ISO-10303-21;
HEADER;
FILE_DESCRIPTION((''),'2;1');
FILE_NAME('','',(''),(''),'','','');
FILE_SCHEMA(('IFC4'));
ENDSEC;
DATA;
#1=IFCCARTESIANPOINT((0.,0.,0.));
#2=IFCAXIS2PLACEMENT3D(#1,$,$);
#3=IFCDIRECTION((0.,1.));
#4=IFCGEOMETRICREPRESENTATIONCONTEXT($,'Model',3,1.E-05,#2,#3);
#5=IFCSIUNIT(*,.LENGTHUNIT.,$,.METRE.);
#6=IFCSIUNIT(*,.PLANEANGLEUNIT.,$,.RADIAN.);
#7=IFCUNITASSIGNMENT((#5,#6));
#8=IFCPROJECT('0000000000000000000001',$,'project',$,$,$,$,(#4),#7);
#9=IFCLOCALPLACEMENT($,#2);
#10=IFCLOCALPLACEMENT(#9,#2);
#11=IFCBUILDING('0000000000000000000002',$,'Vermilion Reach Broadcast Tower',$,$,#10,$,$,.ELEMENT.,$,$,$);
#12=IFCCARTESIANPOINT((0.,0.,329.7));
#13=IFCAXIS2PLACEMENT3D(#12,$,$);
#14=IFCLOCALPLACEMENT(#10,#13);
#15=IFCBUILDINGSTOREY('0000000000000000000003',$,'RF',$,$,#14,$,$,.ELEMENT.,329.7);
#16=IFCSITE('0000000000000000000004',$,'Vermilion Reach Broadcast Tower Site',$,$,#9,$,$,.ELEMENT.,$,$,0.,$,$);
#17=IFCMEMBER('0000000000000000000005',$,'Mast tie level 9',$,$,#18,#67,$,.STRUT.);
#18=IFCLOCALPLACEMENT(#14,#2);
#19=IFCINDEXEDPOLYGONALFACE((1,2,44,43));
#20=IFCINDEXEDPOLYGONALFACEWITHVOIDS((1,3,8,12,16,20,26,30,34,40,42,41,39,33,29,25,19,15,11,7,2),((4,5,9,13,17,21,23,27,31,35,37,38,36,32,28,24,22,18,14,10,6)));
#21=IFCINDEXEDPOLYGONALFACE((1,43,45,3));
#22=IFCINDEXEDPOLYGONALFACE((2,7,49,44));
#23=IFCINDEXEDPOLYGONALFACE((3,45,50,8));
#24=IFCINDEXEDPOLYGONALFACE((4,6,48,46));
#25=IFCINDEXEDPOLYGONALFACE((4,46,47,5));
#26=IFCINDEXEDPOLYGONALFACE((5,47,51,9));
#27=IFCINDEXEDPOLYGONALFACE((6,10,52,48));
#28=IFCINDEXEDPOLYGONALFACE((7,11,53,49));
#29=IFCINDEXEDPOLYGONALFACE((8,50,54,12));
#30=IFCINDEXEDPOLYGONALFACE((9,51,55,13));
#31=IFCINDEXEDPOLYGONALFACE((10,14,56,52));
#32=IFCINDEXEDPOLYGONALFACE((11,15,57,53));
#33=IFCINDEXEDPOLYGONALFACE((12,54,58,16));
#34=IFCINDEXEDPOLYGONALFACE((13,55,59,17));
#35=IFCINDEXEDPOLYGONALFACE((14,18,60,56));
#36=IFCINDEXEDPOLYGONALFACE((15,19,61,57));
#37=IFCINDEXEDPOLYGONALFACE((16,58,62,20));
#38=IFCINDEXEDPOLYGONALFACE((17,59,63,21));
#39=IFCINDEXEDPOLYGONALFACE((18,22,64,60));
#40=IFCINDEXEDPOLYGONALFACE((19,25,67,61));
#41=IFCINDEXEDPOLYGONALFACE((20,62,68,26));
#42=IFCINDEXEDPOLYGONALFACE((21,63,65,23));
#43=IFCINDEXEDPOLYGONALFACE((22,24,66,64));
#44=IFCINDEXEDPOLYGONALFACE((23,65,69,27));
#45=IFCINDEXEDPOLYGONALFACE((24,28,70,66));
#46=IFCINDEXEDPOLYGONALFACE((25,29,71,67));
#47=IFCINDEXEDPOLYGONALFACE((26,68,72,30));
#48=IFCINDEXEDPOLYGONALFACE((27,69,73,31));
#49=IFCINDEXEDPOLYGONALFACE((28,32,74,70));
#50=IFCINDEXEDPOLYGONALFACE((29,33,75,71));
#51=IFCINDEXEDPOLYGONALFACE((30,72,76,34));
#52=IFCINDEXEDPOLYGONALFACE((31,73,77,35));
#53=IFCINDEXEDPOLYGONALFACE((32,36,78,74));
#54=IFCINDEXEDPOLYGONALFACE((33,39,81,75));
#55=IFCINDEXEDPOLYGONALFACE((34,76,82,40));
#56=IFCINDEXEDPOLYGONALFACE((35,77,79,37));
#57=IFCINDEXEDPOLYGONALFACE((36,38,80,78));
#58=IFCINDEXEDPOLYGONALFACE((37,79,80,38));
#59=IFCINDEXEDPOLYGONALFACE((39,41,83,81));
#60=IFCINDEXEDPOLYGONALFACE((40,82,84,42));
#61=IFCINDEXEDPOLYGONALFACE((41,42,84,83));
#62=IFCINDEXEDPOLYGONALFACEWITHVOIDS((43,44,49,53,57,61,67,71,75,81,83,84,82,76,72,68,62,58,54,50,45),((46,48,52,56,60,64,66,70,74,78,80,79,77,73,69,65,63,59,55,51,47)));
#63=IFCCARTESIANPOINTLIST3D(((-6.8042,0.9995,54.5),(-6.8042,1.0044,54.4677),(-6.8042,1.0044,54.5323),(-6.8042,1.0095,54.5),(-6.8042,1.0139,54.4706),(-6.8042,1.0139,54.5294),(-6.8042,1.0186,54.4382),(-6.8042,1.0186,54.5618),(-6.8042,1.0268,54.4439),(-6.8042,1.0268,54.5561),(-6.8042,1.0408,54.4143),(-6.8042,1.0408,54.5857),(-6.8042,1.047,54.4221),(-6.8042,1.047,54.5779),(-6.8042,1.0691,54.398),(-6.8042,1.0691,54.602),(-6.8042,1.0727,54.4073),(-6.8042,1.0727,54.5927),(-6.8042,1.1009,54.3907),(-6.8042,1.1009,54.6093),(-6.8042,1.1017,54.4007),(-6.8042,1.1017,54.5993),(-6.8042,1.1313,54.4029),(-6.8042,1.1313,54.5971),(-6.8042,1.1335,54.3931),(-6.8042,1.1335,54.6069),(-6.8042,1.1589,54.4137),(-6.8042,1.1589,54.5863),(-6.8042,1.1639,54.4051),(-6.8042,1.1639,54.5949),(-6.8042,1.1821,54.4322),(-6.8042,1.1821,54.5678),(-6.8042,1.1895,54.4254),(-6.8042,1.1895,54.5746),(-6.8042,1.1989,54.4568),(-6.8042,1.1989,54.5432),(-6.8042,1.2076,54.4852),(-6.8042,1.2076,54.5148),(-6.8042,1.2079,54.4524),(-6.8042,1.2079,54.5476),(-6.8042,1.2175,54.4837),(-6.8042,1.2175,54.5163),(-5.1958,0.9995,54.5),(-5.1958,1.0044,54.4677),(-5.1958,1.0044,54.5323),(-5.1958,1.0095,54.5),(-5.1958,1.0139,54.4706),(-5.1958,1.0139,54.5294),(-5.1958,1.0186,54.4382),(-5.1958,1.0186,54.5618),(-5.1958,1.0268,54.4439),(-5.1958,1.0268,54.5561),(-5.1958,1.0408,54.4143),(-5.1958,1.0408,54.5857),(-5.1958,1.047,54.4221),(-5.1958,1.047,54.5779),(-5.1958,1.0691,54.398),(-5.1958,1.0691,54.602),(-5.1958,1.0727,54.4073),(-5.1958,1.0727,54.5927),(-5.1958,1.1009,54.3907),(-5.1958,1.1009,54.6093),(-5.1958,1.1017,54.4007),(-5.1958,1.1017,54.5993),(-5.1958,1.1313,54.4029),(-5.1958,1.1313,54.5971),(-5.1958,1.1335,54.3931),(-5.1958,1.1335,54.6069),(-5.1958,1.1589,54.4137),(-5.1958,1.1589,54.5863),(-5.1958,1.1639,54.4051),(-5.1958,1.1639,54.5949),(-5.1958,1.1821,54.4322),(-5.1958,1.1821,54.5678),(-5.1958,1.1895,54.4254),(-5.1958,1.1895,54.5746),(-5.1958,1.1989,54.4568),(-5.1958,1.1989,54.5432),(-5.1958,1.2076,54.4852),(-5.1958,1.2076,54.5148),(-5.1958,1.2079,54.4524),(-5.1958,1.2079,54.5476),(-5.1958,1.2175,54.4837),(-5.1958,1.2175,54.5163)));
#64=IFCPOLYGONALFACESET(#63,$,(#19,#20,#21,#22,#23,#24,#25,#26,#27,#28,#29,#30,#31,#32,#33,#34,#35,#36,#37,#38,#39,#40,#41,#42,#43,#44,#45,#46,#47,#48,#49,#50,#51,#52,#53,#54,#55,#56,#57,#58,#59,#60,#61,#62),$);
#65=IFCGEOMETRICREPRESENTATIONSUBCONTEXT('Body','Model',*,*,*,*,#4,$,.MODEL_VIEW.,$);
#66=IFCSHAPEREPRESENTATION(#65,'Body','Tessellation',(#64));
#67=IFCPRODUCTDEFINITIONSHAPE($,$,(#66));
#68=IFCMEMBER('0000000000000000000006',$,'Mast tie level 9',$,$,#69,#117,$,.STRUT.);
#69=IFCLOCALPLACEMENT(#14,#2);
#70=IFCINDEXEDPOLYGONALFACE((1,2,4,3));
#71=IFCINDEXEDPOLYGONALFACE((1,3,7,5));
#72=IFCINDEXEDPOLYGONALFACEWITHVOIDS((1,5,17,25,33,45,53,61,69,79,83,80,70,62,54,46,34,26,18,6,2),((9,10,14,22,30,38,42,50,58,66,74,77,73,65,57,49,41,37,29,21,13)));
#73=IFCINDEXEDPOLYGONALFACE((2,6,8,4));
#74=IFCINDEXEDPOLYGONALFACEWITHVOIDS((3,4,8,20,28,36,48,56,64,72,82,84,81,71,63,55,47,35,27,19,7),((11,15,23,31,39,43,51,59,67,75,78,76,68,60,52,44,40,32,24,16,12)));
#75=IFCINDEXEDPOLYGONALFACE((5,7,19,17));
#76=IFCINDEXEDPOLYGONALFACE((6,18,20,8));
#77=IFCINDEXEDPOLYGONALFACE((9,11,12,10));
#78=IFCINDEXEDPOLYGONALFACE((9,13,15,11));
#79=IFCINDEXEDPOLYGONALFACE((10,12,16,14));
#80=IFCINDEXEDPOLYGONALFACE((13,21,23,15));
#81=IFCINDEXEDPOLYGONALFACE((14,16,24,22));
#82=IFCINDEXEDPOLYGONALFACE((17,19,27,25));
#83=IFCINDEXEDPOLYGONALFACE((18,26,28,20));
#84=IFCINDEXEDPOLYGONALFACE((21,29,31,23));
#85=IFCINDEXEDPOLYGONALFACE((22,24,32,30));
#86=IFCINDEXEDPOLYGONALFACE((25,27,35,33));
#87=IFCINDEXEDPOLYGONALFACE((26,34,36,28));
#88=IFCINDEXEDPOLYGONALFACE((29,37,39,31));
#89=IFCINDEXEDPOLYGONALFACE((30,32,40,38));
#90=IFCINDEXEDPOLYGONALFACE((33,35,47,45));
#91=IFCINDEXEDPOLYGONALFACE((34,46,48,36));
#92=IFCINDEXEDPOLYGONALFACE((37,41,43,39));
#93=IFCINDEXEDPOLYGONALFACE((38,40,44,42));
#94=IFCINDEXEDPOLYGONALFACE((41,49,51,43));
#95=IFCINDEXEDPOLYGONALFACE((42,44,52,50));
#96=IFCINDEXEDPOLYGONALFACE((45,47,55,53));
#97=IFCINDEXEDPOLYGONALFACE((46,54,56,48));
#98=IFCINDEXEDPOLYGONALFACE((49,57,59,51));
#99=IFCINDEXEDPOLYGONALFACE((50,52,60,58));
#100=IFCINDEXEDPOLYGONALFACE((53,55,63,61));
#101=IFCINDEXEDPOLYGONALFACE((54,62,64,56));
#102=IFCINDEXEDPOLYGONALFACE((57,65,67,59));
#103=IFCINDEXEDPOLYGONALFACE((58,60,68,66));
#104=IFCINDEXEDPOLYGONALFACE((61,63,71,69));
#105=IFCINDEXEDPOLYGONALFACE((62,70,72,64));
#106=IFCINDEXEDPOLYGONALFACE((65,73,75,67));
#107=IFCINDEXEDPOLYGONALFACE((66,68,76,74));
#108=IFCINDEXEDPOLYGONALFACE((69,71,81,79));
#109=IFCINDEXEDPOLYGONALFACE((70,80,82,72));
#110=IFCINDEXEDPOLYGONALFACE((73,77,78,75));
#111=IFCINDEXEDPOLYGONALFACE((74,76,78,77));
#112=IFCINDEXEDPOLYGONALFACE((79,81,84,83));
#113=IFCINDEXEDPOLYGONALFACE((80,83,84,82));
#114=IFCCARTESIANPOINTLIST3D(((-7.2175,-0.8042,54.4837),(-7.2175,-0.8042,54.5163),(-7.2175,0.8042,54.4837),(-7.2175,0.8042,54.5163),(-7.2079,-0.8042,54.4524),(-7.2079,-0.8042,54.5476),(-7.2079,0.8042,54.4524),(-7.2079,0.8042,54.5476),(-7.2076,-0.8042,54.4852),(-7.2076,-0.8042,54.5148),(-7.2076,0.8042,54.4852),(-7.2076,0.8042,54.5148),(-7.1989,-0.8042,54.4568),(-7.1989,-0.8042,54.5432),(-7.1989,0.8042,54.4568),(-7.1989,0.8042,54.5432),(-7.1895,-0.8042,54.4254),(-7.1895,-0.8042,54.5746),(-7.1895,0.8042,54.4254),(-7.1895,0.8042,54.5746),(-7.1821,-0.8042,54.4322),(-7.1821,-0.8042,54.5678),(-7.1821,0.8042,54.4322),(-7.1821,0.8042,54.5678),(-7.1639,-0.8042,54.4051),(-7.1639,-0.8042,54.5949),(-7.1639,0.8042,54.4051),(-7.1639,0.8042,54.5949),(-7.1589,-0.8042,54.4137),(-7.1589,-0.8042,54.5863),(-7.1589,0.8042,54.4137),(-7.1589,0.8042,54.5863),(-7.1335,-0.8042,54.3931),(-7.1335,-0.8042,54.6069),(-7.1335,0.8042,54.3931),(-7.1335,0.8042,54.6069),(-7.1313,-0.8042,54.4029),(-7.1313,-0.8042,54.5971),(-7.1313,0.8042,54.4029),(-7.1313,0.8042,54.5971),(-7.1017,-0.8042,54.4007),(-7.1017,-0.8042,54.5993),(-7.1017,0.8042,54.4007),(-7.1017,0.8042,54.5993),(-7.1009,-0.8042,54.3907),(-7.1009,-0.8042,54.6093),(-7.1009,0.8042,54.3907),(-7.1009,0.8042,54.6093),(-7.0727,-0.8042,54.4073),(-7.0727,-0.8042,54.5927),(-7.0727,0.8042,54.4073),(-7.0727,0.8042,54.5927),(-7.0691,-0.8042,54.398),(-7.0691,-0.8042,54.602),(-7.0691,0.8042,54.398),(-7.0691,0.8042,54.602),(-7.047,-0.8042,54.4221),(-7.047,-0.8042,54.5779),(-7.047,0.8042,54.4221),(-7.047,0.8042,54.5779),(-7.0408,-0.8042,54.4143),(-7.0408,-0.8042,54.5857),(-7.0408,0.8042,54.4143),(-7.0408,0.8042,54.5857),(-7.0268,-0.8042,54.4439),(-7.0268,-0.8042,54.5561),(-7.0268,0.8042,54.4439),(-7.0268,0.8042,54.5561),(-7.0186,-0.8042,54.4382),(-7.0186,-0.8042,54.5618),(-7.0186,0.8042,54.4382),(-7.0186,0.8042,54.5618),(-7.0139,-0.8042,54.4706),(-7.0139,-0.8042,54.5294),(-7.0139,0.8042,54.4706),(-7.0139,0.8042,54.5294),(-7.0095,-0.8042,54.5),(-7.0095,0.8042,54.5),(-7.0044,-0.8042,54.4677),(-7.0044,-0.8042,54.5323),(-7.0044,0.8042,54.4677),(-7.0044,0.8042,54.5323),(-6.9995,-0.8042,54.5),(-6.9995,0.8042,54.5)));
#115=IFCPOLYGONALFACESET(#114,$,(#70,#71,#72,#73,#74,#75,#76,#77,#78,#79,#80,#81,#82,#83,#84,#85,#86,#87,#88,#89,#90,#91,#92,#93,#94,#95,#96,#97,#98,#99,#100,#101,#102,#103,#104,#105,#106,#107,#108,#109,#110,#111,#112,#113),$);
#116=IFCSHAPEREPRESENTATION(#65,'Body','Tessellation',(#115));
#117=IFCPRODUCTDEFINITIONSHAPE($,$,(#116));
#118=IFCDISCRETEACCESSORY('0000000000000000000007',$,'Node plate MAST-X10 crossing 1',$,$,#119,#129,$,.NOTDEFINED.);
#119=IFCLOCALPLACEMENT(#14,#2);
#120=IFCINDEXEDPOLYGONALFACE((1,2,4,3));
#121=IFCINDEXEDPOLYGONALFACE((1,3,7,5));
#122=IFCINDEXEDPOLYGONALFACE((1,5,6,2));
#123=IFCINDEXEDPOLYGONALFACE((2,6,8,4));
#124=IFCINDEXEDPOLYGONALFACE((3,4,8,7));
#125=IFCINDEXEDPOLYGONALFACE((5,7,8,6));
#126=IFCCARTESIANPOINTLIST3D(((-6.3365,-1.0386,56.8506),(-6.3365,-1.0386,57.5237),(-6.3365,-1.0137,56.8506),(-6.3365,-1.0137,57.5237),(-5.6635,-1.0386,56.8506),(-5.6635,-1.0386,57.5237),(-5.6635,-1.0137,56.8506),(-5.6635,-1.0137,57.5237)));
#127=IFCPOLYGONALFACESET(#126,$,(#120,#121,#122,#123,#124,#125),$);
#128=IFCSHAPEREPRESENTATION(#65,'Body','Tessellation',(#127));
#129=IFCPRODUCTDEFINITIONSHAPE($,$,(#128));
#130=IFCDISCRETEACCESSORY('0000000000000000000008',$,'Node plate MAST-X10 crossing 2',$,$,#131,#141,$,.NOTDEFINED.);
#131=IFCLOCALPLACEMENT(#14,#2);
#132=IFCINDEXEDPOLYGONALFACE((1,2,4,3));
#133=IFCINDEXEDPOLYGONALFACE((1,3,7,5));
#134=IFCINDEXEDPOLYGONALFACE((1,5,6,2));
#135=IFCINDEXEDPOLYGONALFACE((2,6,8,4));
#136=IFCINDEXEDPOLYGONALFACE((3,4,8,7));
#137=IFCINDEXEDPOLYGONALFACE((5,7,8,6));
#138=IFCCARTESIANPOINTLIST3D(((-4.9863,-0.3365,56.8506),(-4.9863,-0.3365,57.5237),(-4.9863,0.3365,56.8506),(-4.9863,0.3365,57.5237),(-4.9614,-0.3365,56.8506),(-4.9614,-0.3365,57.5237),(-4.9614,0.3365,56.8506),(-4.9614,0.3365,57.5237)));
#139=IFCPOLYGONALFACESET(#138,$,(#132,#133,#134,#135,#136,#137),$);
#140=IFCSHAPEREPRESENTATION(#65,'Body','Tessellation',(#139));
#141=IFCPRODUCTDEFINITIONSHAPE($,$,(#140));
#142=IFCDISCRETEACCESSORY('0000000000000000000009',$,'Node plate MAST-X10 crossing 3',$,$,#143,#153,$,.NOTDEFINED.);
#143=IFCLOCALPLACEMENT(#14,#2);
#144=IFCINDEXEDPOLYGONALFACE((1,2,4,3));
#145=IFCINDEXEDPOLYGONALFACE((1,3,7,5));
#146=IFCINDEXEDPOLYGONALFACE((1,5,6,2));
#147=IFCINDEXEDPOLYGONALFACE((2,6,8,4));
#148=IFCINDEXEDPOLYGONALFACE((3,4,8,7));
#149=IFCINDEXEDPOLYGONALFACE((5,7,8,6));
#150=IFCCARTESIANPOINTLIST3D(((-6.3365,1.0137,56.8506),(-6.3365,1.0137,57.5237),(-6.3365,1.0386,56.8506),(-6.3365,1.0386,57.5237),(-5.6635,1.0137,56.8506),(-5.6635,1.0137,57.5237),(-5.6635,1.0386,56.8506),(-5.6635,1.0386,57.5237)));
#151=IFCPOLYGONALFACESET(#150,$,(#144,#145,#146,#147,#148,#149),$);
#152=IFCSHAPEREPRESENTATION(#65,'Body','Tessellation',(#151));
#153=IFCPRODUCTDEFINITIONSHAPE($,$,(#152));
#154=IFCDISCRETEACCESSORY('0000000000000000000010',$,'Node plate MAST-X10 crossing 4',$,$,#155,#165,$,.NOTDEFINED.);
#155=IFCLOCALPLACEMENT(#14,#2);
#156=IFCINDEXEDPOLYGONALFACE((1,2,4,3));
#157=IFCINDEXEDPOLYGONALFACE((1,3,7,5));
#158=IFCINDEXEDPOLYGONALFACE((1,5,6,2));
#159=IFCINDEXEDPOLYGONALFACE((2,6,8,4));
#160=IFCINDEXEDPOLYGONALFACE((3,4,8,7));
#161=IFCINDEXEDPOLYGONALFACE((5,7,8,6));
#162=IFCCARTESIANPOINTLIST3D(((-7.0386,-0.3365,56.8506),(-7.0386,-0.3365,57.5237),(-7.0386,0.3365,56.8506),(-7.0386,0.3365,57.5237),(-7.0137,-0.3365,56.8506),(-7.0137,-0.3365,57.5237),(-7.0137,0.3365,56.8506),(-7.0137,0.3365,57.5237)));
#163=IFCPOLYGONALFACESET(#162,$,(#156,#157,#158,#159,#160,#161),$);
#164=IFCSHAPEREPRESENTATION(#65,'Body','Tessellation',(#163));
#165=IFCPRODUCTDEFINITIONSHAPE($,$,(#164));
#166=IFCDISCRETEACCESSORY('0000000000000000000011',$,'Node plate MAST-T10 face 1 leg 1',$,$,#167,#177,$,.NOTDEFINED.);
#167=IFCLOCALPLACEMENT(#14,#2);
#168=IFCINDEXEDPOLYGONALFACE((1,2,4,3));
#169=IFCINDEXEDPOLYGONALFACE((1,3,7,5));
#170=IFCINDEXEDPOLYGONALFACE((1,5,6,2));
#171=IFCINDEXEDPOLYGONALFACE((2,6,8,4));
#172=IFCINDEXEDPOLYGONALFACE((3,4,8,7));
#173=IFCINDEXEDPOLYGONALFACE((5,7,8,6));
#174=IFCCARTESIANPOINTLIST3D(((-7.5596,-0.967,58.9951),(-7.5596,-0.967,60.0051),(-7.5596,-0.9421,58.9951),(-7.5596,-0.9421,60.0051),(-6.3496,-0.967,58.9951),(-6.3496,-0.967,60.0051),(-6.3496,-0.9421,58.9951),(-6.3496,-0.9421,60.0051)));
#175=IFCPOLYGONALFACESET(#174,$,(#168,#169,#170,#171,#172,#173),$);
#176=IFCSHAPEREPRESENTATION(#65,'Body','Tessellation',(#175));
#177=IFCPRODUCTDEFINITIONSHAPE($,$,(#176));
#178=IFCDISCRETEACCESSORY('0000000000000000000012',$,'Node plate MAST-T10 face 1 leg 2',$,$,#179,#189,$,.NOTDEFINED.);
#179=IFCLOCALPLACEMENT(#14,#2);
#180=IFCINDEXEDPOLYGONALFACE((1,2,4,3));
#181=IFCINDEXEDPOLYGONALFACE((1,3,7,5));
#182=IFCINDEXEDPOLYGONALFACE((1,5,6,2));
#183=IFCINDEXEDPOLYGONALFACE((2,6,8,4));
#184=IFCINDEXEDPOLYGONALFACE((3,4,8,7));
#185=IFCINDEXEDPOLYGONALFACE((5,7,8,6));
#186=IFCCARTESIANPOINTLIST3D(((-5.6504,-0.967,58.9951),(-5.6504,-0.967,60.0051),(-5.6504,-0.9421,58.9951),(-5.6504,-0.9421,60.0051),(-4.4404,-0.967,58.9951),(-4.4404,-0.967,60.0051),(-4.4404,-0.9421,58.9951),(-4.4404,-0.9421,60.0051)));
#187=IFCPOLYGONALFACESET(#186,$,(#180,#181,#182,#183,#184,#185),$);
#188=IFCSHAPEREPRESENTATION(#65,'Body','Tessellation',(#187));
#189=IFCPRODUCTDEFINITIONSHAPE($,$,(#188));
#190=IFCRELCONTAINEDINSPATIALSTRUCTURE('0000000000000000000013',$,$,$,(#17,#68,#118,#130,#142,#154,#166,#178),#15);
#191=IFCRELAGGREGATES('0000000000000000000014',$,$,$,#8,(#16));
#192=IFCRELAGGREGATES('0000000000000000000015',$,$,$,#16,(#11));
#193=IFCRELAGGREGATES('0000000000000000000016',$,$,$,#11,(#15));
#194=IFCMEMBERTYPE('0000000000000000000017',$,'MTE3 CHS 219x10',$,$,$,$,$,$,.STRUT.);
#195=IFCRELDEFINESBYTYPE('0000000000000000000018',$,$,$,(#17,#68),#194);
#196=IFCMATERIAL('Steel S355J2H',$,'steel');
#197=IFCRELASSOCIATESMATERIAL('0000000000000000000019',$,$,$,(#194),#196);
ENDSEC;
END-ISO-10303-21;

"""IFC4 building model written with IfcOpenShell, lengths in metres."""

from ifc_helpers import new_model, si_unit, direction, frame, origin, origin_2d, place, context, subcontext, project, spatial, rectangle, hollow_circle, extrude, material, material_profile, profile_set, type_object, element, save


model = new_model("IFC4")

# Units and contexts
model_context = context("Model", 3, precision=1e-05, world=origin(), true_north=direction((0.0, 1.0)))
body_context = subcontext(model_context, "Body", "Model", "MODEL_VIEW")
ifc_project = project(units=[si_unit("LENGTHUNIT", "METRE"), si_unit("PLANEANGLEUNIT", "RADIAN")], contexts=[model_context])

# Site, building, storey
site_placement = place(None, origin())
site = spatial("IfcSite", under=ifc_project, at=site_placement, Name="Vermilion Reach Broadcast Tower Site", CompositionType="ELEMENT", RefElevation=0.0)
building_placement = place(site_placement, origin())
building = spatial("IfcBuilding", under=site, at=building_placement, Name="Vermilion Reach Broadcast Tower", CompositionType="ELEMENT")
storey_placement = place(building_placement, frame((0.0, 0.0, 329.7)))
storey = spatial("IfcBuildingStorey", under=building, at=storey_placement, Name="RF", CompositionType="ELEMENT", Elevation=329.7)

# Members
ifc_material_1 = material(Name="Steel S355J2H", Category="steel")
ifc_material_profile_1 = material_profile(ifc_material_1, hollow_circle(Radius=0.1096, WallThickness=0.01, at=origin_2d()), Name="S355J2H CHS 219x10")
ifc_profile_set_1 = profile_set([ifc_material_profile_1], Name="Steel S355J2H")
member_type_1 = type_object("IfcMemberType", Name="MTE3 CHS 219x10", PredefinedType="STRUT", material=ifc_profile_set_1)
for number, where, z_axis, x_axis, name in (
    (1, (-5.1958, 1.1091, 54.5), (-1.0, 0.0, 0.0), (0.0, -1.0, 0.0), "Mast tie level 9"),
    (2, (-7.1091, 0.8042, 54.5), (0.0, -1.0, 0.0), (1.0, 0.0, 0.0), "Mast tie level 9"),
):
    element("IfcMember", number, at=place(storey_placement, frame(where, z_axis=z_axis, x_axis=x_axis)), inside=storey, type_object=member_type_1, Name=name, PredefinedType="STRUT", context=body_context, shape_type="SweptSolid", body=[
        extrude(hollow_circle(Radius=0.1096, WallThickness=0.01, at=origin_2d()), origin(), (0.0, 0.0, 1.0), 1.6084),
    ])

# Discrete accessories
for number, where, z_axis, x_axis, name in (
    (3, (-6.0, -1.0261, 56.8506), (0.0, 0.0, 1.0), (0.0, 1.0, 0.0), "Node plate MAST-X10 crossing 1"),
    (4, (-4.9739, 0.0, 56.8506), (0.0, 0.0, 1.0), (-1.0, 0.0, 0.0), "Node plate MAST-X10 crossing 2"),
    (5, (-6.0, 1.0261, 56.8506), (0.0, 0.0, 1.0), (0.0, -1.0, 0.0), "Node plate MAST-X10 crossing 3"),
    (6, (-7.0261, 0.0, 56.8506), (0.0, 0.0, 1.0), (1.0, 0.0, 0.0), "Node plate MAST-X10 crossing 4"),
):
    element("IfcDiscreteAccessory", number, at=place(storey_placement, frame(where, z_axis=z_axis, x_axis=x_axis)), inside=storey, Name=name, PredefinedType="NOTDEFINED", context=body_context, shape_type="SweptSolid", body=[
        extrude(rectangle(XDim=0.0249, YDim=0.6731, at=origin_2d()), origin(), (0.0, 0.0, 1.0), 0.6731),
    ])
for number, where, z_axis, x_axis, name in (
    (7, (-6.9546, -0.9546, 58.9951), (0.0, 0.0, 1.0), (0.0, 1.0, 0.0), "Node plate MAST-T10 face 1 leg 1"),
    (8, (-5.0454, -0.9546, 58.9951), (0.0, 0.0, 1.0), (0.0, 1.0, 0.0), "Node plate MAST-T10 face 1 leg 2"),
):
    element("IfcDiscreteAccessory", number, at=place(storey_placement, frame(where, z_axis=z_axis, x_axis=x_axis)), inside=storey, Name=name, PredefinedType="NOTDEFINED", context=body_context, shape_type="SweptSolid", body=[
        extrude(rectangle(XDim=0.0249, YDim=1.21, at=origin_2d()), origin(), (0.0, 0.0, 1.0), 1.01),
    ])

save(model, "model.ifc")
